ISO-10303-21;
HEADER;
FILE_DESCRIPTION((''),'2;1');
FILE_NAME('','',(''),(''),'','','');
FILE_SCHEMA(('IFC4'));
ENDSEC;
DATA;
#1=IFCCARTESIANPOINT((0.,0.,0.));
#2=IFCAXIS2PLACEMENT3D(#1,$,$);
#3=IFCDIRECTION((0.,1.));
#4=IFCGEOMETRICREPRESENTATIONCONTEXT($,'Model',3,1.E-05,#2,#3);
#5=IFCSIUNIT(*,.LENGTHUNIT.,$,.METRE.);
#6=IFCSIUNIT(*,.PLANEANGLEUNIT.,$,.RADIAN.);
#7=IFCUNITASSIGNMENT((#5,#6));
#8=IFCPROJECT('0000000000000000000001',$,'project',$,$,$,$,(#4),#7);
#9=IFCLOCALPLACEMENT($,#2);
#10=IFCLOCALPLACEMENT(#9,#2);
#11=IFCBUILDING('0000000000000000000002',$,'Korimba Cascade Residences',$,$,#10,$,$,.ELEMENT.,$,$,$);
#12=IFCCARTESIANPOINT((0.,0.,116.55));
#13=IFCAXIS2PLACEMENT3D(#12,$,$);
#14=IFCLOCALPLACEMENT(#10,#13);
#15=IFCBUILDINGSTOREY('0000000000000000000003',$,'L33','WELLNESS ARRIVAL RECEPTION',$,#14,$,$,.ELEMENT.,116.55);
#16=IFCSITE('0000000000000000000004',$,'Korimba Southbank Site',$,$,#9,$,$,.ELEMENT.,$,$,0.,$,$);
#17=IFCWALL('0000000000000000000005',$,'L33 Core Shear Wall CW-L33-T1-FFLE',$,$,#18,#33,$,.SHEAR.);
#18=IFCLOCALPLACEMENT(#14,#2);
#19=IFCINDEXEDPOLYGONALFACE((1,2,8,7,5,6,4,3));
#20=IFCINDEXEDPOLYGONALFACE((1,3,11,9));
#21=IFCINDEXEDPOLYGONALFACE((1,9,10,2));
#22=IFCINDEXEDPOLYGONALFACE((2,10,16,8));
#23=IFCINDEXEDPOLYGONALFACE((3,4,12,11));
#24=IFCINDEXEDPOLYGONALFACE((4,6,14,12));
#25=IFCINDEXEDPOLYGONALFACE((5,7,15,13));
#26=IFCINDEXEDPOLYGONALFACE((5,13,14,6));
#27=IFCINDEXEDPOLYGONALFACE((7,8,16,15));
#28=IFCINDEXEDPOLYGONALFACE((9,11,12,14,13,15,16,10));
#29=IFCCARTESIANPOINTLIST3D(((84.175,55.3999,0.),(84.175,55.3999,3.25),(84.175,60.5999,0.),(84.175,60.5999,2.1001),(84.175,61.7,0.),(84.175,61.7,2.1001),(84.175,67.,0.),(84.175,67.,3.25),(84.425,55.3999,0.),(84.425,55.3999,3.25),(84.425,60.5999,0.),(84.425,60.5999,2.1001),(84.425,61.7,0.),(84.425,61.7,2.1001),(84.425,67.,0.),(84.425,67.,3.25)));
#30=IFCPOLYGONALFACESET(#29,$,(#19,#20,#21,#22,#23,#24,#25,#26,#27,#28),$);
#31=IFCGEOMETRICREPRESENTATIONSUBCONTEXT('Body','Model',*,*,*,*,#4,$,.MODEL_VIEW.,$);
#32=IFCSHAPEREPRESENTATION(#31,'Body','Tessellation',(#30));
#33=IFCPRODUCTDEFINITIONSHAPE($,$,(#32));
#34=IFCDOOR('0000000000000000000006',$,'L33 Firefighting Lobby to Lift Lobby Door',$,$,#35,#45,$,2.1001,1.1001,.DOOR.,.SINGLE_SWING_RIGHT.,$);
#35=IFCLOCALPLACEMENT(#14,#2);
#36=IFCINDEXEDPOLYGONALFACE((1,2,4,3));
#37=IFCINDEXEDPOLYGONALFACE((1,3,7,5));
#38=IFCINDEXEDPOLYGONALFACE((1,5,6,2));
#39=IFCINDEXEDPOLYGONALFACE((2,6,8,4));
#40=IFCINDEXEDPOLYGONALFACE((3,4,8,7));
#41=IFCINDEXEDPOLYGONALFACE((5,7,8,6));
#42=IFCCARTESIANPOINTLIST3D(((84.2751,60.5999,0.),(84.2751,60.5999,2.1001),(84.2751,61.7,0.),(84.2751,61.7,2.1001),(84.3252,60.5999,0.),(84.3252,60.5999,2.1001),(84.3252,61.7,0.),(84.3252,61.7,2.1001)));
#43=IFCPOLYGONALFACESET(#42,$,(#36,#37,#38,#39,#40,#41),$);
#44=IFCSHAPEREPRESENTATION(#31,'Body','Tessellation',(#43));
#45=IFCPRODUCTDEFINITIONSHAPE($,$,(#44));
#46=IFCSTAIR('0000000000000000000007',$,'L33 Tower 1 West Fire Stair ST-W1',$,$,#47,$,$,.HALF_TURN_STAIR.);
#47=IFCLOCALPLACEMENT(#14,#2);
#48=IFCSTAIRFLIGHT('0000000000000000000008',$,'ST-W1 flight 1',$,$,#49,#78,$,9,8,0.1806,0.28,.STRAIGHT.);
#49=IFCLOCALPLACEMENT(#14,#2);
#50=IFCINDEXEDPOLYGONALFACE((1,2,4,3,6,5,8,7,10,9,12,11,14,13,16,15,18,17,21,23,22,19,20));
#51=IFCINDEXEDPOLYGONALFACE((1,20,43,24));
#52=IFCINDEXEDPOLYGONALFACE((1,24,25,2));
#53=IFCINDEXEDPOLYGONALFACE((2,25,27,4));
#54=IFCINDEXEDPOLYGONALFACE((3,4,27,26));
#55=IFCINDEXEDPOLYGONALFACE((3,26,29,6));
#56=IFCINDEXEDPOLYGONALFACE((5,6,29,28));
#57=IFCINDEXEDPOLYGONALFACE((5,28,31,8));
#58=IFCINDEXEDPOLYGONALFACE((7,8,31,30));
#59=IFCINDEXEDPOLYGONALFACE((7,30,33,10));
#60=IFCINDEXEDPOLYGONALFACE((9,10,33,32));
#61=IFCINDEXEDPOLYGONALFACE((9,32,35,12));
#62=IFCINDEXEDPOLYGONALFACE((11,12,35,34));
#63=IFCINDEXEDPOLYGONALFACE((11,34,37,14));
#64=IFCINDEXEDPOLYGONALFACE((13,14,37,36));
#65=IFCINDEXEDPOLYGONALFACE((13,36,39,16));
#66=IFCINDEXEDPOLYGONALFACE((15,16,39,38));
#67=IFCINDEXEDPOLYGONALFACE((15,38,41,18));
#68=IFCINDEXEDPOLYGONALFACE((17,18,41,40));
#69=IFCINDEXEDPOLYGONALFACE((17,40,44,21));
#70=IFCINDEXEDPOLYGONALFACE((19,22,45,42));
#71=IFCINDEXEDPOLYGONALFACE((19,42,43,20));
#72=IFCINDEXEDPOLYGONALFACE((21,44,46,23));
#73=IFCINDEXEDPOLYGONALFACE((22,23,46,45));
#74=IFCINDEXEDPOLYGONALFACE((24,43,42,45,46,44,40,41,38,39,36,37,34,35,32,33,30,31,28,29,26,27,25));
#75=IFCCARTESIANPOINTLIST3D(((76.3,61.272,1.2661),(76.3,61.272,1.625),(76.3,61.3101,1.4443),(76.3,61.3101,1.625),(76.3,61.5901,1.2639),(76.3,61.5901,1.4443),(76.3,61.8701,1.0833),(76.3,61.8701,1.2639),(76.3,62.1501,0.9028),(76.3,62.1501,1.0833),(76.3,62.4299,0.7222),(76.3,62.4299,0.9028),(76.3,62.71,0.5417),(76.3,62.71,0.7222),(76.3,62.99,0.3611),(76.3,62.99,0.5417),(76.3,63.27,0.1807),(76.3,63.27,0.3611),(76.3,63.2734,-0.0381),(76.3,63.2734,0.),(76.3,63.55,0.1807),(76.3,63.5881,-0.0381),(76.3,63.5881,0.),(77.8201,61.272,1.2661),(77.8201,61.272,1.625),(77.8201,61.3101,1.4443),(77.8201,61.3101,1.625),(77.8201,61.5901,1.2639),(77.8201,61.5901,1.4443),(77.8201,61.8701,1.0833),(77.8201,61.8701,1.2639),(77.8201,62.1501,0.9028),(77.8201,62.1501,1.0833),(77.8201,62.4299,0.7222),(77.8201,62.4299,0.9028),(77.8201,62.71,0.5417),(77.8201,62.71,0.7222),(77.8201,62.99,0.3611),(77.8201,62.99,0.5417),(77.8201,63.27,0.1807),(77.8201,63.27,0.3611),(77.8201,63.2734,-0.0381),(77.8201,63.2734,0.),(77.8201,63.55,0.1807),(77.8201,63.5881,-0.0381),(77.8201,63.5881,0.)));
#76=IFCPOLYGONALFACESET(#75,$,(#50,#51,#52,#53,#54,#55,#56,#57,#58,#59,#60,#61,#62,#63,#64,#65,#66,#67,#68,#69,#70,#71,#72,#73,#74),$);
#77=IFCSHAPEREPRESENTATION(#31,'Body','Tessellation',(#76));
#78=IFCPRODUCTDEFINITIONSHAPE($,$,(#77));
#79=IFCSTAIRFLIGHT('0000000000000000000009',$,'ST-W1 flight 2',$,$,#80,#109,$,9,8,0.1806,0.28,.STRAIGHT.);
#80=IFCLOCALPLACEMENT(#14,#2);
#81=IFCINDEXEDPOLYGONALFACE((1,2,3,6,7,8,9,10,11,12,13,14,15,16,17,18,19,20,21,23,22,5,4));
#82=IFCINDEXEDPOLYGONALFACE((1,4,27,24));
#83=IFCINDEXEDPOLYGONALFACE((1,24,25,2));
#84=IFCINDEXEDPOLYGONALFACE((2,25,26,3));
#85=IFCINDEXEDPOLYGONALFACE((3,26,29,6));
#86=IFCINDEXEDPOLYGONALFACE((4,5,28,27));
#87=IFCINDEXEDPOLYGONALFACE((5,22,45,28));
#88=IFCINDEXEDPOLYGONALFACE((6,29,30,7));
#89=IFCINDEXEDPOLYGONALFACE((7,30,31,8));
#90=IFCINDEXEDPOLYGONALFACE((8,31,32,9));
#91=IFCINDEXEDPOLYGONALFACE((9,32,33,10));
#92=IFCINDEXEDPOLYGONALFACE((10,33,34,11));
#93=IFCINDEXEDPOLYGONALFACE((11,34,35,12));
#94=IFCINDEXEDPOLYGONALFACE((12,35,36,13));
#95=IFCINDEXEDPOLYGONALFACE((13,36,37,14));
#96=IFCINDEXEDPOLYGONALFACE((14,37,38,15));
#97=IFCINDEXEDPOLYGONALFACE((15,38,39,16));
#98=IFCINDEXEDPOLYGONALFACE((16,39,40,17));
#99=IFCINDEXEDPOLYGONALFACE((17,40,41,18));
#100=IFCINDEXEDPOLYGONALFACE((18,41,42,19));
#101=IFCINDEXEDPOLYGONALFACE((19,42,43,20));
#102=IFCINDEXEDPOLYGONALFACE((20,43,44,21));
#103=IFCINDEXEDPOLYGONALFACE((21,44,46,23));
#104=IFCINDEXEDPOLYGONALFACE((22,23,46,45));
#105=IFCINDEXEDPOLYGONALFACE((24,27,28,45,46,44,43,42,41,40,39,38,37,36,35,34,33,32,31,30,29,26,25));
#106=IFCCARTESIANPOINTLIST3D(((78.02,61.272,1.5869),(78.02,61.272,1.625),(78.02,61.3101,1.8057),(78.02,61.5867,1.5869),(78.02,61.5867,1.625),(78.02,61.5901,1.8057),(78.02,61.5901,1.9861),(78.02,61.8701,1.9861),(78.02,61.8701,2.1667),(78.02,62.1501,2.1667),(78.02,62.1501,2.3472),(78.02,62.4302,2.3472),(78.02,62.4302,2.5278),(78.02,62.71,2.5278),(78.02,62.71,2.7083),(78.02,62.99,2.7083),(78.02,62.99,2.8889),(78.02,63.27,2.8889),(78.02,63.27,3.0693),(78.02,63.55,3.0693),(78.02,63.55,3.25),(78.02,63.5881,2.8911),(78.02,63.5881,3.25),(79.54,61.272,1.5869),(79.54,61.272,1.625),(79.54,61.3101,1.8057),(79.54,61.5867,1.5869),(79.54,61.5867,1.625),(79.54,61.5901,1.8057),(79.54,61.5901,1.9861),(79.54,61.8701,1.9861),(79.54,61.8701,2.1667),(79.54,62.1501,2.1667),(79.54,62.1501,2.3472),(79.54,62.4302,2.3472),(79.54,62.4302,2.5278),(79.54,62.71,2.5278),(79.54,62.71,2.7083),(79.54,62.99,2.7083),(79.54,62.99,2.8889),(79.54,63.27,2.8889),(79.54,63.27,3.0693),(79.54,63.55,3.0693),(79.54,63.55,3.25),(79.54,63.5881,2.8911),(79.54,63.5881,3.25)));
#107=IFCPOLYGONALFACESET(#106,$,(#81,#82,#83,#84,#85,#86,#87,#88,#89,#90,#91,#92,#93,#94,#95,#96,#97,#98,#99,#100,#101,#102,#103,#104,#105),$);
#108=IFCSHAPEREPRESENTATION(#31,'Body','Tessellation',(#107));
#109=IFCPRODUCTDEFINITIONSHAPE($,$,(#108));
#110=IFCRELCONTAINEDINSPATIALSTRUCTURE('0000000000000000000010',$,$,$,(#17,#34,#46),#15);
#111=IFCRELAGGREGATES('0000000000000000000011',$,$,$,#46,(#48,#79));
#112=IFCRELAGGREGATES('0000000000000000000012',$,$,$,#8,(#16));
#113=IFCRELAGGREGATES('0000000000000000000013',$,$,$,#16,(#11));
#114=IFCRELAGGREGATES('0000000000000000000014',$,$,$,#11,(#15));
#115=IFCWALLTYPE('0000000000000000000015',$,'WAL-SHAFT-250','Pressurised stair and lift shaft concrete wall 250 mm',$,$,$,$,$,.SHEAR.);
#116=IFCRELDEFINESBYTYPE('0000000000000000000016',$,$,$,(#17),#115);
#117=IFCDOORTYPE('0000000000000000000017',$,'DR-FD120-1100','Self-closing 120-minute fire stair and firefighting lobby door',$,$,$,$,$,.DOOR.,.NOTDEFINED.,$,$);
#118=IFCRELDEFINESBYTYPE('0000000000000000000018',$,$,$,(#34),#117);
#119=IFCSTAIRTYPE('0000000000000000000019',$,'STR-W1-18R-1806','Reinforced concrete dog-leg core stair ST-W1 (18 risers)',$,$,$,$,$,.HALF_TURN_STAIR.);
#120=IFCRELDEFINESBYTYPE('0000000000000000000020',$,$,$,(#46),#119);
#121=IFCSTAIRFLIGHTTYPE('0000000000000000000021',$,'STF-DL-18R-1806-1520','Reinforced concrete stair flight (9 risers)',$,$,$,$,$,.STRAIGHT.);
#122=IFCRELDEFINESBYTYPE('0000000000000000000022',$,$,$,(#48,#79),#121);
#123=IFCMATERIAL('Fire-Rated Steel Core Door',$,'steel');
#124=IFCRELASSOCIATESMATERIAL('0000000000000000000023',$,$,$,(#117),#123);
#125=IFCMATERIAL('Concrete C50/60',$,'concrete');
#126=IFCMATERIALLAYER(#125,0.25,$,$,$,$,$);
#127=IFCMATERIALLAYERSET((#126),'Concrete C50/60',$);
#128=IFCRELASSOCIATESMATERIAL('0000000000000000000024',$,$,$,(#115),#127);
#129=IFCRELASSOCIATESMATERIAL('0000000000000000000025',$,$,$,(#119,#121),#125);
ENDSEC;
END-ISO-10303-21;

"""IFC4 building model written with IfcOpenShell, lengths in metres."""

from ifc_helpers import new_model, si_unit, direction, frame, frame_2d, origin, place, context, subcontext, project, spatial, polyline, rectangle, outline, extrude, material, layer, layer_set, type_object, element, fill, aggregate, save


model = new_model("IFC4")

# Units and contexts
model_context = context("Model", 3, precision=1e-05, world=origin(), true_north=direction((0.0, 1.0)))
body_context = subcontext(model_context, "Body", "Model", "MODEL_VIEW")
ifc_project = project(units=[si_unit("LENGTHUNIT", "METRE"), si_unit("PLANEANGLEUNIT", "RADIAN")], contexts=[model_context])

# Site, building, storey
site_placement = place(None, origin())
site = spatial("IfcSite", under=ifc_project, at=site_placement, Name="Korimba Southbank Site", CompositionType="ELEMENT", RefElevation=0.0)
building_placement = place(site_placement, origin())
building = spatial("IfcBuilding", under=site, at=building_placement, Name="Korimba Cascade Residences", CompositionType="ELEMENT")
storey_placement = place(building_placement, frame((0.0, 0.0, 116.55)))
storey = spatial("IfcBuildingStorey", under=building, at=storey_placement, Name="L33", Description="WELLNESS ARRIVAL RECEPTION", CompositionType="ELEMENT", Elevation=116.55)

# Shared definitions
ifc_material_1 = material(Name="Fire-Rated Steel Core Door", Category="steel")
door_type_1 = type_object("IfcDoorType", Name="DR-FD120-1100", Description="Self-closing 120-minute fire stair and firefighting lobby door", OperationType="NOTDEFINED", PredefinedType="DOOR", material=ifc_material_1)

# Shared definitions
ifc_material_2 = material(Name="Concrete C50/60", Category="concrete")
ifc_layer_1 = layer(ifc_material_2, 0.25)
ifc_layer_set_1 = layer_set([ifc_layer_1], Name="Concrete C50/60")
wall_type_1 = type_object("IfcWallType", Name="WAL-SHAFT-250", Description="Pressurised stair and lift shaft concrete wall 250 mm", PredefinedType="SHEAR", material=ifc_layer_set_1)

# Wall, opening, door
wall_1_placement = place(storey_placement, frame((84.3, 55.3999, 0.0), z_axis=(0.0, 0.0, 1.0), x_axis=(0.0, 1.0, 0.0)))
wall_1 = element("IfcWall", 1, at=wall_1_placement, inside=storey, type_object=wall_type_1, Name="L33 Core Shear Wall CW-L33-T1-FFLE", PredefinedType="SHEAR", context=body_context, shape_type="SweptSolid", body=[
    extrude(rectangle(XDim=11.6001, YDim=0.25, at=frame_2d((5.8, 0.0))), origin(), (0.0, 0.0, 1.0), 3.25),
])
opening_1_placement = place(wall_1_placement, frame((5.2, 0.0, 0.0)))
opening_1 = element("IfcOpeningElement", 2, at=opening_1_placement, cuts=wall_1, PredefinedType="OPENING", context=body_context, shape_type="SweptSolid", body=[
    extrude(rectangle(XDim=1.1001, YDim=2.1001, at=frame_2d((0.55, 1.05))), frame((0.0, 0.135, 0.0), z_axis=(0.0, -1.0, 0.0), x_axis=(1.0, 0.0, 0.0)), (0.0, 0.0, 1.0), 0.27),
])
door_1_placement = place(opening_1_placement, origin())
door_1 = element("IfcDoor", 3, at=door_1_placement, inside=storey, type_object=door_type_1, Name="L33 Firefighting Lobby to Lift Lobby Door", OperationType="SINGLE_SWING_RIGHT", OverallHeight=2.1001, OverallWidth=1.1001, PredefinedType="DOOR", context=body_context, shape_type="SweptSolid", body=[
    extrude(rectangle(XDim=1.1001, YDim=2.1001, at=frame_2d((0.55, 1.05))), frame((0.0, 0.0249, 0.0), z_axis=(0.0, -1.0, 0.0), x_axis=(1.0, 0.0, 0.0)), (0.0, 0.0, 1.0), 0.05),
])
fill(opening_1, door_1)

# Stair, stair flights
stair_type = type_object("IfcStairType", Name="STR-W1-18R-1806", Description="Reinforced concrete dog-leg core stair ST-W1 (18 risers)", PredefinedType="HALF_TURN_STAIR", material=ifc_material_2)
stair_placement = place(storey_placement, origin())
stair = element("IfcStair", 4, at=stair_placement, inside=storey, type_object=stair_type, Name="L33 Tower 1 West Fire Stair ST-W1", PredefinedType="HALF_TURN_STAIR")
stair_flight_type = type_object("IfcStairFlightType", Name="STF-DL-18R-1806-1520", Description="Reinforced concrete stair flight (9 risers)", PredefinedType="STRAIGHT", material=ifc_material_2)
stair_flight_1_placement = place(storey_placement, frame((77.0601, 63.55, 0.0), z_axis=(0.0, 0.0, 1.0), x_axis=(0.0, -1.0, 0.0)))
stair_flight_1 = element("IfcStairFlight", 5, at=stair_flight_1_placement, type_object=stair_flight_type, Name="ST-W1 flight 1", NumberOfRisers=9, NumberOfTreads=8, PredefinedType="STRAIGHT", RiserHeight=0.1806, TreadLength=0.28, context=body_context, shape_type="SweptSolid", body=[
    extrude(outline(polyline([(-0.0381, 0.0), (0.0, 0.1807), (0.28, 0.1807), (0.28, 0.3611), (0.5601, 0.3611), (0.5601, 0.5417), (0.8401, 0.5417), (0.8401, 0.7222), (1.1201, 0.7222), (1.1201, 0.9028), (1.3999, 0.9028), (1.3999, 1.0833), (1.6799, 1.0833), (1.6799, 1.2639), (1.96, 1.2639), (1.96, 1.4443), (2.24, 1.4443), (2.24, 1.625), (2.2781, 1.625), (2.2781, 1.2661), (0.2766, 0.0), (0.2766, -0.0381), (-0.0381, -0.0381), (-0.0381, 0.0)])), frame((0.0, 0.76, 0.0), z_axis=(0.0, -1.0, 0.0), x_axis=(1.0, 0.0, 0.0)), (0.0, 0.0, 1.0), 1.52),
])
stair_flight_2_placement = place(storey_placement, frame((78.78, 61.3101, 1.625), z_axis=(0.0, 0.0, 1.0), x_axis=(0.0, 1.0, 0.0)))
stair_flight_2 = element("IfcStairFlight", 6, at=stair_flight_2_placement, type_object=stair_flight_type, Name="ST-W1 flight 2", NumberOfRisers=9, NumberOfTreads=8, PredefinedType="STRAIGHT", RiserHeight=0.1806, TreadLength=0.28, context=body_context, shape_type="SweptSolid", body=[
    extrude(outline(polyline([(-0.0381, 0.0), (0.0, 0.1807), (0.28, 0.1807), (0.28, 0.3611), (0.5601, 0.3611), (0.5601, 0.5417), (0.8401, 0.5417), (0.8401, 0.7222), (1.1201, 0.7222), (1.1201, 0.9028), (1.3999, 0.9028), (1.3999, 1.0833), (1.6799, 1.0833), (1.6799, 1.2639), (1.96, 1.2639), (1.96, 1.4443), (2.24, 1.4443), (2.24, 1.625), (2.2781, 1.625), (2.2781, 1.2661), (0.2766, 0.0), (0.2766, -0.0381), (-0.0381, -0.0381), (-0.0381, 0.0)])), frame((0.0, 0.76, 0.0), z_axis=(0.0, -1.0, 0.0), x_axis=(1.0, 0.0, 0.0)), (0.0, 0.0, 1.0), 1.52),
])
aggregate(stair, [stair_flight_1, stair_flight_2])

save(model, "model.ifc")
